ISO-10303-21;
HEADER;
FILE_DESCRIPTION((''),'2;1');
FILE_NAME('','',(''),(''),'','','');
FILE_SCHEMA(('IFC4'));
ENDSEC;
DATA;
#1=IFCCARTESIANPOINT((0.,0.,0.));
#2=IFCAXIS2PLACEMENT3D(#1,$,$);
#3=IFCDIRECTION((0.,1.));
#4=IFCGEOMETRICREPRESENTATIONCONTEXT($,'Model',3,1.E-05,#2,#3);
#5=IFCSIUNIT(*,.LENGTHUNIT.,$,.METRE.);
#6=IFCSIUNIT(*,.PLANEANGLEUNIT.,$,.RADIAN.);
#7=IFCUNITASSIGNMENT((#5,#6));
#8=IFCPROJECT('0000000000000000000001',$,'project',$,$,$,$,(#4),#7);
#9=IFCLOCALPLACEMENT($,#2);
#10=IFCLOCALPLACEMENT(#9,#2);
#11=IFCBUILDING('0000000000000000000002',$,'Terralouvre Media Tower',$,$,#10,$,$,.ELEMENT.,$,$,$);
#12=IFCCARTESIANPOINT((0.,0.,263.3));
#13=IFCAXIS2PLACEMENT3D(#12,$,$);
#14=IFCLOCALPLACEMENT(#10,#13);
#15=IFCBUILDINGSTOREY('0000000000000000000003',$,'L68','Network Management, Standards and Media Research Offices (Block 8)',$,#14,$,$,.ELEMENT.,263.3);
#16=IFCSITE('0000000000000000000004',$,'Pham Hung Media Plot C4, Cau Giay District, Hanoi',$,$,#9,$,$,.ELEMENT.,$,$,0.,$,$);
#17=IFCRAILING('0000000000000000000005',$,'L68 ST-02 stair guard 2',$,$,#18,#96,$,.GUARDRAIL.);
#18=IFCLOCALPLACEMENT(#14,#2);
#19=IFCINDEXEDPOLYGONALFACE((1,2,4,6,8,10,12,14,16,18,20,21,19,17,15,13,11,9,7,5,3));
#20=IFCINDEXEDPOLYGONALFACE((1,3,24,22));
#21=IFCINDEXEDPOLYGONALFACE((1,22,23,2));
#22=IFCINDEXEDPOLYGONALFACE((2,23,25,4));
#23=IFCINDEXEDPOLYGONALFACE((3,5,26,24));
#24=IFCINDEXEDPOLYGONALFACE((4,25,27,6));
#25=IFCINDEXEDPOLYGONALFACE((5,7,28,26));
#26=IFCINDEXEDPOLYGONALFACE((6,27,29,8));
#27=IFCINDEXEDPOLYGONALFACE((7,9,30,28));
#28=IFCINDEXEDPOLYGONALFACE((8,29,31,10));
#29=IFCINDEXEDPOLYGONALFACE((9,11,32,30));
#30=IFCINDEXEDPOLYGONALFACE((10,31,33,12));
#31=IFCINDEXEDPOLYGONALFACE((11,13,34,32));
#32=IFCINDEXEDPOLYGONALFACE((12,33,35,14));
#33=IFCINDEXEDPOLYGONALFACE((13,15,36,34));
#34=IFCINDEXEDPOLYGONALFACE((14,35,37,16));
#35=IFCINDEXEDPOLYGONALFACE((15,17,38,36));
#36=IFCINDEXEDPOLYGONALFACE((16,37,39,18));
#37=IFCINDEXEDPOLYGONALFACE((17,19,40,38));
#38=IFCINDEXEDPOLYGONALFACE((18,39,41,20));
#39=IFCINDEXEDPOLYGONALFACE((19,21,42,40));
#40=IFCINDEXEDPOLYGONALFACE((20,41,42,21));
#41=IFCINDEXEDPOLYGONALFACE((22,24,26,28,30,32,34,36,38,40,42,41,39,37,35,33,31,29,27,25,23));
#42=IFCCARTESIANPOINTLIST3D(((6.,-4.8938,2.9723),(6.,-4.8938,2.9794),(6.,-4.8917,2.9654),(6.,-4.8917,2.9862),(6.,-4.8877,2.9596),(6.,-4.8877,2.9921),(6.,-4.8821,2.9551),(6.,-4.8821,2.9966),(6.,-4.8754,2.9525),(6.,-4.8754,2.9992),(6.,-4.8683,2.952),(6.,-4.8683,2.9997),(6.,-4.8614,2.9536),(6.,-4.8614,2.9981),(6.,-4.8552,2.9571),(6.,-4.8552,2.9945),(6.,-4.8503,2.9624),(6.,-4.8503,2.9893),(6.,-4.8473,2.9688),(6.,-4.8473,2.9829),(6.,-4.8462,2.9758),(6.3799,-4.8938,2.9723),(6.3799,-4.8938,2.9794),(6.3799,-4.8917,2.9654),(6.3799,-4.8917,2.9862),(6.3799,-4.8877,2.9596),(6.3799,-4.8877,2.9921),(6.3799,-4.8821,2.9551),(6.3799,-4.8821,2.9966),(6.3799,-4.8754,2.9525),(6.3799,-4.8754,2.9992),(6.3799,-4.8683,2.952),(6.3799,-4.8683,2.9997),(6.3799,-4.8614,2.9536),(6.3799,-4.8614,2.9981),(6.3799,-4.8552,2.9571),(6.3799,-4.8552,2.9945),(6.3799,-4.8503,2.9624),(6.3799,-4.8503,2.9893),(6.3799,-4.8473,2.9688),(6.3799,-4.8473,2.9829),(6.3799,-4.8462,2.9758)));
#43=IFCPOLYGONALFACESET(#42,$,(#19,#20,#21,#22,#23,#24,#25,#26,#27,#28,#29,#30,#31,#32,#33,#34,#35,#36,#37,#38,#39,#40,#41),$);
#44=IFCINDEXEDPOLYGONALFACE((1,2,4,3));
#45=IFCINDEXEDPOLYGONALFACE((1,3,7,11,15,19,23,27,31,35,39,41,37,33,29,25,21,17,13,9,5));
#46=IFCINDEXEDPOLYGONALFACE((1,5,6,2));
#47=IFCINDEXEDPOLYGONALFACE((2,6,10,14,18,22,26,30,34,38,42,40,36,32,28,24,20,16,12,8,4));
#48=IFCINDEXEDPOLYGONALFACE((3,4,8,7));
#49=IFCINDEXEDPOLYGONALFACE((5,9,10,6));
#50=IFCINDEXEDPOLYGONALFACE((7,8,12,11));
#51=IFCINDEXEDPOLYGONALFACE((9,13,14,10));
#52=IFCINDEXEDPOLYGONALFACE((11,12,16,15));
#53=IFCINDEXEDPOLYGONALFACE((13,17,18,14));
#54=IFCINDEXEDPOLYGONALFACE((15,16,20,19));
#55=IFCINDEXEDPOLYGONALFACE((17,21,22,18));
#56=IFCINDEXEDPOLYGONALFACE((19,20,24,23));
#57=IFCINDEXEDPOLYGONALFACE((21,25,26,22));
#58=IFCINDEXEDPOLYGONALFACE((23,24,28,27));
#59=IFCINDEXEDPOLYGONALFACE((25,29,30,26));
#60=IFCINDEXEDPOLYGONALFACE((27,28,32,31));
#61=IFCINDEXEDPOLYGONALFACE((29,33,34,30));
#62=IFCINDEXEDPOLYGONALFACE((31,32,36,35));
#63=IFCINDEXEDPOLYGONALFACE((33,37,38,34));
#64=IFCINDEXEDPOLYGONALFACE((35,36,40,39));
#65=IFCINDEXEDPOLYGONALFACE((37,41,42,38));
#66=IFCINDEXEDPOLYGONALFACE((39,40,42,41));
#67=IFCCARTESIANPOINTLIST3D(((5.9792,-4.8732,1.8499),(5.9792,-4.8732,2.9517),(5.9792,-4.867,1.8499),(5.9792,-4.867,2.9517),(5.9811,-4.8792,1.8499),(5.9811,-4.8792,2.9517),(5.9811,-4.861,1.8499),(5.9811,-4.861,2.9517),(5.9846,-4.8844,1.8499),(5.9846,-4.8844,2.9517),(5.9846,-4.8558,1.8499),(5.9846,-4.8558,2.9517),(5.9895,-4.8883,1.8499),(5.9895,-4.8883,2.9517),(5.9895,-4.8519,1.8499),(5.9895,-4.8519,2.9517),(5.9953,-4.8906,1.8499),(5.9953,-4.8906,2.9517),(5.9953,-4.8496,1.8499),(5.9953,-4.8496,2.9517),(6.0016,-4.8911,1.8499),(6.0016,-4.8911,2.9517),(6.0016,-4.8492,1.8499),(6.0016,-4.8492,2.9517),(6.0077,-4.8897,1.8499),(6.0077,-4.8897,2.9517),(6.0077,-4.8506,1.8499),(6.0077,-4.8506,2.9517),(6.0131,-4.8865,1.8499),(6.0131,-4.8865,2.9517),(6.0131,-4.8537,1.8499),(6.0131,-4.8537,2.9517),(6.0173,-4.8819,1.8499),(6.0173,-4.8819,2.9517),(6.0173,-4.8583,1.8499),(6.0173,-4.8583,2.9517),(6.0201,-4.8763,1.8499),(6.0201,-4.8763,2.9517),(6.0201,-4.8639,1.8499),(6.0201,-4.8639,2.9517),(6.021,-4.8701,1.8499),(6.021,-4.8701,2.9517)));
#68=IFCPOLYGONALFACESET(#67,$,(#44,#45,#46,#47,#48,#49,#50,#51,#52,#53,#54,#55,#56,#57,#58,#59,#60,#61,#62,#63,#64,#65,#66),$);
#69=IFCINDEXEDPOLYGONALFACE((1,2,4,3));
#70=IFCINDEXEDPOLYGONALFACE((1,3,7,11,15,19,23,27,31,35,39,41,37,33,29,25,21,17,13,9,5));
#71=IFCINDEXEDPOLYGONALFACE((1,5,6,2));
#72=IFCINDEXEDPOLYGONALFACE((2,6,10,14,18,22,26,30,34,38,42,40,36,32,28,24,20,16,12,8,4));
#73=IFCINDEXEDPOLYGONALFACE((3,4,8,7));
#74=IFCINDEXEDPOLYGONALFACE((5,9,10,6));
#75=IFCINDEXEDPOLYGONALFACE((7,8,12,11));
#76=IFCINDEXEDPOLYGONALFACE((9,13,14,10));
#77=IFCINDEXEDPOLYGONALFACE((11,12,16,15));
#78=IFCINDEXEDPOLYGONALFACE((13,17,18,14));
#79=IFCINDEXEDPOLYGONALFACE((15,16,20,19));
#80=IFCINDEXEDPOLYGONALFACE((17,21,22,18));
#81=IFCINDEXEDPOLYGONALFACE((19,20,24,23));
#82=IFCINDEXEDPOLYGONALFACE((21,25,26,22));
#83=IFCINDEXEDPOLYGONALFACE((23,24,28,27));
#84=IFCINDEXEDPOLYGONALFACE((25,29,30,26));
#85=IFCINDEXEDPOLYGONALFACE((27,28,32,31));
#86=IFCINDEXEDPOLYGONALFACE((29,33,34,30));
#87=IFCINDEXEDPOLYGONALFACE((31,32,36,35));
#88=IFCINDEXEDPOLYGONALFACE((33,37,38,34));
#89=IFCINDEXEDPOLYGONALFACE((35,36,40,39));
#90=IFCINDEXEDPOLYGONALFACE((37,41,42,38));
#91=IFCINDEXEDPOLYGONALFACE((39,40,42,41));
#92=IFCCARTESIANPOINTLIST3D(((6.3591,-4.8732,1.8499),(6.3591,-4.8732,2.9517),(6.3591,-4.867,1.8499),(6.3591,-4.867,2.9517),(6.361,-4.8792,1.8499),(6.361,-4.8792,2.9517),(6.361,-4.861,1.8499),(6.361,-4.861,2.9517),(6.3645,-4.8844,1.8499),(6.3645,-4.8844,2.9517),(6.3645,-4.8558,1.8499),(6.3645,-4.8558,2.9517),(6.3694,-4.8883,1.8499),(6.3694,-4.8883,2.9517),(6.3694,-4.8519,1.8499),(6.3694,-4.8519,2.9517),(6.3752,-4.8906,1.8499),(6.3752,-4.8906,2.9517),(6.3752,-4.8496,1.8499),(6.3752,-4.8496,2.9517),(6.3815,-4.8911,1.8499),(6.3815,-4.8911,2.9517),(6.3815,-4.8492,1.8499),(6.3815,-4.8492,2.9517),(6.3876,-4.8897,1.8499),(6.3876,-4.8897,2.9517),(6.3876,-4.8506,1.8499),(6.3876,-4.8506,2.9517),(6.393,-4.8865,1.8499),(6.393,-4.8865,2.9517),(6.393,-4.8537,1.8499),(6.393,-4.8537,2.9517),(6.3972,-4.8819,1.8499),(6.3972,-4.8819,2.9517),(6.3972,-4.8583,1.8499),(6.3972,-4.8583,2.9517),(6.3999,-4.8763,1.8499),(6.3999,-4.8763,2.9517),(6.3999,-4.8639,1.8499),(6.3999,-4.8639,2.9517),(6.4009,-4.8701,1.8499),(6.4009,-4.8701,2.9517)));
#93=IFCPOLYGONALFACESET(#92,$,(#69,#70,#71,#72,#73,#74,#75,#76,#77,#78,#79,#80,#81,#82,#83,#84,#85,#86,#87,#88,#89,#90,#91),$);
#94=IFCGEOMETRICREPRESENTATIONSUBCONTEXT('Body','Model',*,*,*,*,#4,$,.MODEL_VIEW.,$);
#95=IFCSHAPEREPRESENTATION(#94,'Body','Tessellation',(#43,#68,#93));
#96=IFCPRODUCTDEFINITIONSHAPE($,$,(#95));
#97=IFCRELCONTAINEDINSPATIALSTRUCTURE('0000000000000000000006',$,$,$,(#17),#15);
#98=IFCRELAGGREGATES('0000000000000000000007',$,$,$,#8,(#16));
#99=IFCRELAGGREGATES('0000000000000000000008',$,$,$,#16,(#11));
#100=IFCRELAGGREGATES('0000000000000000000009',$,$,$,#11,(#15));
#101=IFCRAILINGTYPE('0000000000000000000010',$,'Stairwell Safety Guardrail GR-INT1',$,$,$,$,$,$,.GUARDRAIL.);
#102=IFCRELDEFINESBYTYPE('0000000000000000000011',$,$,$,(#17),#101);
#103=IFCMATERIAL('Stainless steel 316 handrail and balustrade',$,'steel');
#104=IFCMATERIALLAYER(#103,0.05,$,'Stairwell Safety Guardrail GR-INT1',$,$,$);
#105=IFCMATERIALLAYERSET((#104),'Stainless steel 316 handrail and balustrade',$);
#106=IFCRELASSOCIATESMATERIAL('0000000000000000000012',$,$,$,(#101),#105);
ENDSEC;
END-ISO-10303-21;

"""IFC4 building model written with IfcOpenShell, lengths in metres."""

from ifc_helpers import new_model, si_unit, direction, frame, origin, origin_2d, place, context, subcontext, project, spatial, circle, extrude, material, layer, layer_set, type_object, element, save


model = new_model("IFC4")

# Units and contexts
model_context = context("Model", 3, precision=1e-05, world=origin(), true_north=direction((0.0, 1.0)))
body_context = subcontext(model_context, "Body", "Model", "MODEL_VIEW")
ifc_project = project(units=[si_unit("LENGTHUNIT", "METRE"), si_unit("PLANEANGLEUNIT", "RADIAN")], contexts=[model_context])

# Site, building, storey
site_placement = place(None, origin())
site = spatial("IfcSite", under=ifc_project, at=site_placement, Name="Pham Hung Media Plot C4, Cau Giay District, Hanoi", CompositionType="ELEMENT", RefElevation=0.0)
building_placement = place(site_placement, origin())
building = spatial("IfcBuilding", under=site, at=building_placement, Name="Terralouvre Media Tower", CompositionType="ELEMENT")
storey_placement = place(building_placement, frame((0.0, 0.0, 263.3)))
storey = spatial("IfcBuildingStorey", under=building, at=storey_placement, Name="L68", Description="Network Management, Standards and Media Research Offices (Block 8)", CompositionType="ELEMENT", Elevation=263.3)

# Railing
ifc_material_1 = material(Name="Stainless steel 316 handrail and balustrade", Category="steel")
ifc_layer_1 = layer(ifc_material_1, 0.05, Name="Stairwell Safety Guardrail GR-INT1")
ifc_layer_set_1 = layer_set([ifc_layer_1], Name="Stainless steel 316 handrail and balustrade")
railing_type_1 = type_object("IfcRailingType", Name="Stairwell Safety Guardrail GR-INT1", PredefinedType="GUARDRAIL", material=ifc_layer_set_1)
railing_1_placement = place(storey_placement, frame((6.0, -4.8701, 1.8499)))
element("IfcRailing", 1, at=railing_1_placement, inside=storey, type_object=railing_type_1, Name="L68 ST-02 stair guard 2", PredefinedType="GUARDRAIL", context=body_context, shape_type="SweptSolid", body=[
    extrude(circle(Radius=0.0239, at=origin_2d()), frame((0.0, 0.0, 1.126), z_axis=(1.0, 0.0, 0.0), x_axis=(0.0, 1.0, 0.0)), (0.0, 0.0, 1.0), 0.3799),
    extrude(circle(Radius=0.021, at=origin_2d()), origin(), (0.0, 0.0, 1.0), 1.1018),
    extrude(circle(Radius=0.021, at=origin_2d()), frame((0.3799, 0.0, 0.0)), (0.0, 0.0, 1.0), 1.1018),
])

save(model, "model.ifc")
